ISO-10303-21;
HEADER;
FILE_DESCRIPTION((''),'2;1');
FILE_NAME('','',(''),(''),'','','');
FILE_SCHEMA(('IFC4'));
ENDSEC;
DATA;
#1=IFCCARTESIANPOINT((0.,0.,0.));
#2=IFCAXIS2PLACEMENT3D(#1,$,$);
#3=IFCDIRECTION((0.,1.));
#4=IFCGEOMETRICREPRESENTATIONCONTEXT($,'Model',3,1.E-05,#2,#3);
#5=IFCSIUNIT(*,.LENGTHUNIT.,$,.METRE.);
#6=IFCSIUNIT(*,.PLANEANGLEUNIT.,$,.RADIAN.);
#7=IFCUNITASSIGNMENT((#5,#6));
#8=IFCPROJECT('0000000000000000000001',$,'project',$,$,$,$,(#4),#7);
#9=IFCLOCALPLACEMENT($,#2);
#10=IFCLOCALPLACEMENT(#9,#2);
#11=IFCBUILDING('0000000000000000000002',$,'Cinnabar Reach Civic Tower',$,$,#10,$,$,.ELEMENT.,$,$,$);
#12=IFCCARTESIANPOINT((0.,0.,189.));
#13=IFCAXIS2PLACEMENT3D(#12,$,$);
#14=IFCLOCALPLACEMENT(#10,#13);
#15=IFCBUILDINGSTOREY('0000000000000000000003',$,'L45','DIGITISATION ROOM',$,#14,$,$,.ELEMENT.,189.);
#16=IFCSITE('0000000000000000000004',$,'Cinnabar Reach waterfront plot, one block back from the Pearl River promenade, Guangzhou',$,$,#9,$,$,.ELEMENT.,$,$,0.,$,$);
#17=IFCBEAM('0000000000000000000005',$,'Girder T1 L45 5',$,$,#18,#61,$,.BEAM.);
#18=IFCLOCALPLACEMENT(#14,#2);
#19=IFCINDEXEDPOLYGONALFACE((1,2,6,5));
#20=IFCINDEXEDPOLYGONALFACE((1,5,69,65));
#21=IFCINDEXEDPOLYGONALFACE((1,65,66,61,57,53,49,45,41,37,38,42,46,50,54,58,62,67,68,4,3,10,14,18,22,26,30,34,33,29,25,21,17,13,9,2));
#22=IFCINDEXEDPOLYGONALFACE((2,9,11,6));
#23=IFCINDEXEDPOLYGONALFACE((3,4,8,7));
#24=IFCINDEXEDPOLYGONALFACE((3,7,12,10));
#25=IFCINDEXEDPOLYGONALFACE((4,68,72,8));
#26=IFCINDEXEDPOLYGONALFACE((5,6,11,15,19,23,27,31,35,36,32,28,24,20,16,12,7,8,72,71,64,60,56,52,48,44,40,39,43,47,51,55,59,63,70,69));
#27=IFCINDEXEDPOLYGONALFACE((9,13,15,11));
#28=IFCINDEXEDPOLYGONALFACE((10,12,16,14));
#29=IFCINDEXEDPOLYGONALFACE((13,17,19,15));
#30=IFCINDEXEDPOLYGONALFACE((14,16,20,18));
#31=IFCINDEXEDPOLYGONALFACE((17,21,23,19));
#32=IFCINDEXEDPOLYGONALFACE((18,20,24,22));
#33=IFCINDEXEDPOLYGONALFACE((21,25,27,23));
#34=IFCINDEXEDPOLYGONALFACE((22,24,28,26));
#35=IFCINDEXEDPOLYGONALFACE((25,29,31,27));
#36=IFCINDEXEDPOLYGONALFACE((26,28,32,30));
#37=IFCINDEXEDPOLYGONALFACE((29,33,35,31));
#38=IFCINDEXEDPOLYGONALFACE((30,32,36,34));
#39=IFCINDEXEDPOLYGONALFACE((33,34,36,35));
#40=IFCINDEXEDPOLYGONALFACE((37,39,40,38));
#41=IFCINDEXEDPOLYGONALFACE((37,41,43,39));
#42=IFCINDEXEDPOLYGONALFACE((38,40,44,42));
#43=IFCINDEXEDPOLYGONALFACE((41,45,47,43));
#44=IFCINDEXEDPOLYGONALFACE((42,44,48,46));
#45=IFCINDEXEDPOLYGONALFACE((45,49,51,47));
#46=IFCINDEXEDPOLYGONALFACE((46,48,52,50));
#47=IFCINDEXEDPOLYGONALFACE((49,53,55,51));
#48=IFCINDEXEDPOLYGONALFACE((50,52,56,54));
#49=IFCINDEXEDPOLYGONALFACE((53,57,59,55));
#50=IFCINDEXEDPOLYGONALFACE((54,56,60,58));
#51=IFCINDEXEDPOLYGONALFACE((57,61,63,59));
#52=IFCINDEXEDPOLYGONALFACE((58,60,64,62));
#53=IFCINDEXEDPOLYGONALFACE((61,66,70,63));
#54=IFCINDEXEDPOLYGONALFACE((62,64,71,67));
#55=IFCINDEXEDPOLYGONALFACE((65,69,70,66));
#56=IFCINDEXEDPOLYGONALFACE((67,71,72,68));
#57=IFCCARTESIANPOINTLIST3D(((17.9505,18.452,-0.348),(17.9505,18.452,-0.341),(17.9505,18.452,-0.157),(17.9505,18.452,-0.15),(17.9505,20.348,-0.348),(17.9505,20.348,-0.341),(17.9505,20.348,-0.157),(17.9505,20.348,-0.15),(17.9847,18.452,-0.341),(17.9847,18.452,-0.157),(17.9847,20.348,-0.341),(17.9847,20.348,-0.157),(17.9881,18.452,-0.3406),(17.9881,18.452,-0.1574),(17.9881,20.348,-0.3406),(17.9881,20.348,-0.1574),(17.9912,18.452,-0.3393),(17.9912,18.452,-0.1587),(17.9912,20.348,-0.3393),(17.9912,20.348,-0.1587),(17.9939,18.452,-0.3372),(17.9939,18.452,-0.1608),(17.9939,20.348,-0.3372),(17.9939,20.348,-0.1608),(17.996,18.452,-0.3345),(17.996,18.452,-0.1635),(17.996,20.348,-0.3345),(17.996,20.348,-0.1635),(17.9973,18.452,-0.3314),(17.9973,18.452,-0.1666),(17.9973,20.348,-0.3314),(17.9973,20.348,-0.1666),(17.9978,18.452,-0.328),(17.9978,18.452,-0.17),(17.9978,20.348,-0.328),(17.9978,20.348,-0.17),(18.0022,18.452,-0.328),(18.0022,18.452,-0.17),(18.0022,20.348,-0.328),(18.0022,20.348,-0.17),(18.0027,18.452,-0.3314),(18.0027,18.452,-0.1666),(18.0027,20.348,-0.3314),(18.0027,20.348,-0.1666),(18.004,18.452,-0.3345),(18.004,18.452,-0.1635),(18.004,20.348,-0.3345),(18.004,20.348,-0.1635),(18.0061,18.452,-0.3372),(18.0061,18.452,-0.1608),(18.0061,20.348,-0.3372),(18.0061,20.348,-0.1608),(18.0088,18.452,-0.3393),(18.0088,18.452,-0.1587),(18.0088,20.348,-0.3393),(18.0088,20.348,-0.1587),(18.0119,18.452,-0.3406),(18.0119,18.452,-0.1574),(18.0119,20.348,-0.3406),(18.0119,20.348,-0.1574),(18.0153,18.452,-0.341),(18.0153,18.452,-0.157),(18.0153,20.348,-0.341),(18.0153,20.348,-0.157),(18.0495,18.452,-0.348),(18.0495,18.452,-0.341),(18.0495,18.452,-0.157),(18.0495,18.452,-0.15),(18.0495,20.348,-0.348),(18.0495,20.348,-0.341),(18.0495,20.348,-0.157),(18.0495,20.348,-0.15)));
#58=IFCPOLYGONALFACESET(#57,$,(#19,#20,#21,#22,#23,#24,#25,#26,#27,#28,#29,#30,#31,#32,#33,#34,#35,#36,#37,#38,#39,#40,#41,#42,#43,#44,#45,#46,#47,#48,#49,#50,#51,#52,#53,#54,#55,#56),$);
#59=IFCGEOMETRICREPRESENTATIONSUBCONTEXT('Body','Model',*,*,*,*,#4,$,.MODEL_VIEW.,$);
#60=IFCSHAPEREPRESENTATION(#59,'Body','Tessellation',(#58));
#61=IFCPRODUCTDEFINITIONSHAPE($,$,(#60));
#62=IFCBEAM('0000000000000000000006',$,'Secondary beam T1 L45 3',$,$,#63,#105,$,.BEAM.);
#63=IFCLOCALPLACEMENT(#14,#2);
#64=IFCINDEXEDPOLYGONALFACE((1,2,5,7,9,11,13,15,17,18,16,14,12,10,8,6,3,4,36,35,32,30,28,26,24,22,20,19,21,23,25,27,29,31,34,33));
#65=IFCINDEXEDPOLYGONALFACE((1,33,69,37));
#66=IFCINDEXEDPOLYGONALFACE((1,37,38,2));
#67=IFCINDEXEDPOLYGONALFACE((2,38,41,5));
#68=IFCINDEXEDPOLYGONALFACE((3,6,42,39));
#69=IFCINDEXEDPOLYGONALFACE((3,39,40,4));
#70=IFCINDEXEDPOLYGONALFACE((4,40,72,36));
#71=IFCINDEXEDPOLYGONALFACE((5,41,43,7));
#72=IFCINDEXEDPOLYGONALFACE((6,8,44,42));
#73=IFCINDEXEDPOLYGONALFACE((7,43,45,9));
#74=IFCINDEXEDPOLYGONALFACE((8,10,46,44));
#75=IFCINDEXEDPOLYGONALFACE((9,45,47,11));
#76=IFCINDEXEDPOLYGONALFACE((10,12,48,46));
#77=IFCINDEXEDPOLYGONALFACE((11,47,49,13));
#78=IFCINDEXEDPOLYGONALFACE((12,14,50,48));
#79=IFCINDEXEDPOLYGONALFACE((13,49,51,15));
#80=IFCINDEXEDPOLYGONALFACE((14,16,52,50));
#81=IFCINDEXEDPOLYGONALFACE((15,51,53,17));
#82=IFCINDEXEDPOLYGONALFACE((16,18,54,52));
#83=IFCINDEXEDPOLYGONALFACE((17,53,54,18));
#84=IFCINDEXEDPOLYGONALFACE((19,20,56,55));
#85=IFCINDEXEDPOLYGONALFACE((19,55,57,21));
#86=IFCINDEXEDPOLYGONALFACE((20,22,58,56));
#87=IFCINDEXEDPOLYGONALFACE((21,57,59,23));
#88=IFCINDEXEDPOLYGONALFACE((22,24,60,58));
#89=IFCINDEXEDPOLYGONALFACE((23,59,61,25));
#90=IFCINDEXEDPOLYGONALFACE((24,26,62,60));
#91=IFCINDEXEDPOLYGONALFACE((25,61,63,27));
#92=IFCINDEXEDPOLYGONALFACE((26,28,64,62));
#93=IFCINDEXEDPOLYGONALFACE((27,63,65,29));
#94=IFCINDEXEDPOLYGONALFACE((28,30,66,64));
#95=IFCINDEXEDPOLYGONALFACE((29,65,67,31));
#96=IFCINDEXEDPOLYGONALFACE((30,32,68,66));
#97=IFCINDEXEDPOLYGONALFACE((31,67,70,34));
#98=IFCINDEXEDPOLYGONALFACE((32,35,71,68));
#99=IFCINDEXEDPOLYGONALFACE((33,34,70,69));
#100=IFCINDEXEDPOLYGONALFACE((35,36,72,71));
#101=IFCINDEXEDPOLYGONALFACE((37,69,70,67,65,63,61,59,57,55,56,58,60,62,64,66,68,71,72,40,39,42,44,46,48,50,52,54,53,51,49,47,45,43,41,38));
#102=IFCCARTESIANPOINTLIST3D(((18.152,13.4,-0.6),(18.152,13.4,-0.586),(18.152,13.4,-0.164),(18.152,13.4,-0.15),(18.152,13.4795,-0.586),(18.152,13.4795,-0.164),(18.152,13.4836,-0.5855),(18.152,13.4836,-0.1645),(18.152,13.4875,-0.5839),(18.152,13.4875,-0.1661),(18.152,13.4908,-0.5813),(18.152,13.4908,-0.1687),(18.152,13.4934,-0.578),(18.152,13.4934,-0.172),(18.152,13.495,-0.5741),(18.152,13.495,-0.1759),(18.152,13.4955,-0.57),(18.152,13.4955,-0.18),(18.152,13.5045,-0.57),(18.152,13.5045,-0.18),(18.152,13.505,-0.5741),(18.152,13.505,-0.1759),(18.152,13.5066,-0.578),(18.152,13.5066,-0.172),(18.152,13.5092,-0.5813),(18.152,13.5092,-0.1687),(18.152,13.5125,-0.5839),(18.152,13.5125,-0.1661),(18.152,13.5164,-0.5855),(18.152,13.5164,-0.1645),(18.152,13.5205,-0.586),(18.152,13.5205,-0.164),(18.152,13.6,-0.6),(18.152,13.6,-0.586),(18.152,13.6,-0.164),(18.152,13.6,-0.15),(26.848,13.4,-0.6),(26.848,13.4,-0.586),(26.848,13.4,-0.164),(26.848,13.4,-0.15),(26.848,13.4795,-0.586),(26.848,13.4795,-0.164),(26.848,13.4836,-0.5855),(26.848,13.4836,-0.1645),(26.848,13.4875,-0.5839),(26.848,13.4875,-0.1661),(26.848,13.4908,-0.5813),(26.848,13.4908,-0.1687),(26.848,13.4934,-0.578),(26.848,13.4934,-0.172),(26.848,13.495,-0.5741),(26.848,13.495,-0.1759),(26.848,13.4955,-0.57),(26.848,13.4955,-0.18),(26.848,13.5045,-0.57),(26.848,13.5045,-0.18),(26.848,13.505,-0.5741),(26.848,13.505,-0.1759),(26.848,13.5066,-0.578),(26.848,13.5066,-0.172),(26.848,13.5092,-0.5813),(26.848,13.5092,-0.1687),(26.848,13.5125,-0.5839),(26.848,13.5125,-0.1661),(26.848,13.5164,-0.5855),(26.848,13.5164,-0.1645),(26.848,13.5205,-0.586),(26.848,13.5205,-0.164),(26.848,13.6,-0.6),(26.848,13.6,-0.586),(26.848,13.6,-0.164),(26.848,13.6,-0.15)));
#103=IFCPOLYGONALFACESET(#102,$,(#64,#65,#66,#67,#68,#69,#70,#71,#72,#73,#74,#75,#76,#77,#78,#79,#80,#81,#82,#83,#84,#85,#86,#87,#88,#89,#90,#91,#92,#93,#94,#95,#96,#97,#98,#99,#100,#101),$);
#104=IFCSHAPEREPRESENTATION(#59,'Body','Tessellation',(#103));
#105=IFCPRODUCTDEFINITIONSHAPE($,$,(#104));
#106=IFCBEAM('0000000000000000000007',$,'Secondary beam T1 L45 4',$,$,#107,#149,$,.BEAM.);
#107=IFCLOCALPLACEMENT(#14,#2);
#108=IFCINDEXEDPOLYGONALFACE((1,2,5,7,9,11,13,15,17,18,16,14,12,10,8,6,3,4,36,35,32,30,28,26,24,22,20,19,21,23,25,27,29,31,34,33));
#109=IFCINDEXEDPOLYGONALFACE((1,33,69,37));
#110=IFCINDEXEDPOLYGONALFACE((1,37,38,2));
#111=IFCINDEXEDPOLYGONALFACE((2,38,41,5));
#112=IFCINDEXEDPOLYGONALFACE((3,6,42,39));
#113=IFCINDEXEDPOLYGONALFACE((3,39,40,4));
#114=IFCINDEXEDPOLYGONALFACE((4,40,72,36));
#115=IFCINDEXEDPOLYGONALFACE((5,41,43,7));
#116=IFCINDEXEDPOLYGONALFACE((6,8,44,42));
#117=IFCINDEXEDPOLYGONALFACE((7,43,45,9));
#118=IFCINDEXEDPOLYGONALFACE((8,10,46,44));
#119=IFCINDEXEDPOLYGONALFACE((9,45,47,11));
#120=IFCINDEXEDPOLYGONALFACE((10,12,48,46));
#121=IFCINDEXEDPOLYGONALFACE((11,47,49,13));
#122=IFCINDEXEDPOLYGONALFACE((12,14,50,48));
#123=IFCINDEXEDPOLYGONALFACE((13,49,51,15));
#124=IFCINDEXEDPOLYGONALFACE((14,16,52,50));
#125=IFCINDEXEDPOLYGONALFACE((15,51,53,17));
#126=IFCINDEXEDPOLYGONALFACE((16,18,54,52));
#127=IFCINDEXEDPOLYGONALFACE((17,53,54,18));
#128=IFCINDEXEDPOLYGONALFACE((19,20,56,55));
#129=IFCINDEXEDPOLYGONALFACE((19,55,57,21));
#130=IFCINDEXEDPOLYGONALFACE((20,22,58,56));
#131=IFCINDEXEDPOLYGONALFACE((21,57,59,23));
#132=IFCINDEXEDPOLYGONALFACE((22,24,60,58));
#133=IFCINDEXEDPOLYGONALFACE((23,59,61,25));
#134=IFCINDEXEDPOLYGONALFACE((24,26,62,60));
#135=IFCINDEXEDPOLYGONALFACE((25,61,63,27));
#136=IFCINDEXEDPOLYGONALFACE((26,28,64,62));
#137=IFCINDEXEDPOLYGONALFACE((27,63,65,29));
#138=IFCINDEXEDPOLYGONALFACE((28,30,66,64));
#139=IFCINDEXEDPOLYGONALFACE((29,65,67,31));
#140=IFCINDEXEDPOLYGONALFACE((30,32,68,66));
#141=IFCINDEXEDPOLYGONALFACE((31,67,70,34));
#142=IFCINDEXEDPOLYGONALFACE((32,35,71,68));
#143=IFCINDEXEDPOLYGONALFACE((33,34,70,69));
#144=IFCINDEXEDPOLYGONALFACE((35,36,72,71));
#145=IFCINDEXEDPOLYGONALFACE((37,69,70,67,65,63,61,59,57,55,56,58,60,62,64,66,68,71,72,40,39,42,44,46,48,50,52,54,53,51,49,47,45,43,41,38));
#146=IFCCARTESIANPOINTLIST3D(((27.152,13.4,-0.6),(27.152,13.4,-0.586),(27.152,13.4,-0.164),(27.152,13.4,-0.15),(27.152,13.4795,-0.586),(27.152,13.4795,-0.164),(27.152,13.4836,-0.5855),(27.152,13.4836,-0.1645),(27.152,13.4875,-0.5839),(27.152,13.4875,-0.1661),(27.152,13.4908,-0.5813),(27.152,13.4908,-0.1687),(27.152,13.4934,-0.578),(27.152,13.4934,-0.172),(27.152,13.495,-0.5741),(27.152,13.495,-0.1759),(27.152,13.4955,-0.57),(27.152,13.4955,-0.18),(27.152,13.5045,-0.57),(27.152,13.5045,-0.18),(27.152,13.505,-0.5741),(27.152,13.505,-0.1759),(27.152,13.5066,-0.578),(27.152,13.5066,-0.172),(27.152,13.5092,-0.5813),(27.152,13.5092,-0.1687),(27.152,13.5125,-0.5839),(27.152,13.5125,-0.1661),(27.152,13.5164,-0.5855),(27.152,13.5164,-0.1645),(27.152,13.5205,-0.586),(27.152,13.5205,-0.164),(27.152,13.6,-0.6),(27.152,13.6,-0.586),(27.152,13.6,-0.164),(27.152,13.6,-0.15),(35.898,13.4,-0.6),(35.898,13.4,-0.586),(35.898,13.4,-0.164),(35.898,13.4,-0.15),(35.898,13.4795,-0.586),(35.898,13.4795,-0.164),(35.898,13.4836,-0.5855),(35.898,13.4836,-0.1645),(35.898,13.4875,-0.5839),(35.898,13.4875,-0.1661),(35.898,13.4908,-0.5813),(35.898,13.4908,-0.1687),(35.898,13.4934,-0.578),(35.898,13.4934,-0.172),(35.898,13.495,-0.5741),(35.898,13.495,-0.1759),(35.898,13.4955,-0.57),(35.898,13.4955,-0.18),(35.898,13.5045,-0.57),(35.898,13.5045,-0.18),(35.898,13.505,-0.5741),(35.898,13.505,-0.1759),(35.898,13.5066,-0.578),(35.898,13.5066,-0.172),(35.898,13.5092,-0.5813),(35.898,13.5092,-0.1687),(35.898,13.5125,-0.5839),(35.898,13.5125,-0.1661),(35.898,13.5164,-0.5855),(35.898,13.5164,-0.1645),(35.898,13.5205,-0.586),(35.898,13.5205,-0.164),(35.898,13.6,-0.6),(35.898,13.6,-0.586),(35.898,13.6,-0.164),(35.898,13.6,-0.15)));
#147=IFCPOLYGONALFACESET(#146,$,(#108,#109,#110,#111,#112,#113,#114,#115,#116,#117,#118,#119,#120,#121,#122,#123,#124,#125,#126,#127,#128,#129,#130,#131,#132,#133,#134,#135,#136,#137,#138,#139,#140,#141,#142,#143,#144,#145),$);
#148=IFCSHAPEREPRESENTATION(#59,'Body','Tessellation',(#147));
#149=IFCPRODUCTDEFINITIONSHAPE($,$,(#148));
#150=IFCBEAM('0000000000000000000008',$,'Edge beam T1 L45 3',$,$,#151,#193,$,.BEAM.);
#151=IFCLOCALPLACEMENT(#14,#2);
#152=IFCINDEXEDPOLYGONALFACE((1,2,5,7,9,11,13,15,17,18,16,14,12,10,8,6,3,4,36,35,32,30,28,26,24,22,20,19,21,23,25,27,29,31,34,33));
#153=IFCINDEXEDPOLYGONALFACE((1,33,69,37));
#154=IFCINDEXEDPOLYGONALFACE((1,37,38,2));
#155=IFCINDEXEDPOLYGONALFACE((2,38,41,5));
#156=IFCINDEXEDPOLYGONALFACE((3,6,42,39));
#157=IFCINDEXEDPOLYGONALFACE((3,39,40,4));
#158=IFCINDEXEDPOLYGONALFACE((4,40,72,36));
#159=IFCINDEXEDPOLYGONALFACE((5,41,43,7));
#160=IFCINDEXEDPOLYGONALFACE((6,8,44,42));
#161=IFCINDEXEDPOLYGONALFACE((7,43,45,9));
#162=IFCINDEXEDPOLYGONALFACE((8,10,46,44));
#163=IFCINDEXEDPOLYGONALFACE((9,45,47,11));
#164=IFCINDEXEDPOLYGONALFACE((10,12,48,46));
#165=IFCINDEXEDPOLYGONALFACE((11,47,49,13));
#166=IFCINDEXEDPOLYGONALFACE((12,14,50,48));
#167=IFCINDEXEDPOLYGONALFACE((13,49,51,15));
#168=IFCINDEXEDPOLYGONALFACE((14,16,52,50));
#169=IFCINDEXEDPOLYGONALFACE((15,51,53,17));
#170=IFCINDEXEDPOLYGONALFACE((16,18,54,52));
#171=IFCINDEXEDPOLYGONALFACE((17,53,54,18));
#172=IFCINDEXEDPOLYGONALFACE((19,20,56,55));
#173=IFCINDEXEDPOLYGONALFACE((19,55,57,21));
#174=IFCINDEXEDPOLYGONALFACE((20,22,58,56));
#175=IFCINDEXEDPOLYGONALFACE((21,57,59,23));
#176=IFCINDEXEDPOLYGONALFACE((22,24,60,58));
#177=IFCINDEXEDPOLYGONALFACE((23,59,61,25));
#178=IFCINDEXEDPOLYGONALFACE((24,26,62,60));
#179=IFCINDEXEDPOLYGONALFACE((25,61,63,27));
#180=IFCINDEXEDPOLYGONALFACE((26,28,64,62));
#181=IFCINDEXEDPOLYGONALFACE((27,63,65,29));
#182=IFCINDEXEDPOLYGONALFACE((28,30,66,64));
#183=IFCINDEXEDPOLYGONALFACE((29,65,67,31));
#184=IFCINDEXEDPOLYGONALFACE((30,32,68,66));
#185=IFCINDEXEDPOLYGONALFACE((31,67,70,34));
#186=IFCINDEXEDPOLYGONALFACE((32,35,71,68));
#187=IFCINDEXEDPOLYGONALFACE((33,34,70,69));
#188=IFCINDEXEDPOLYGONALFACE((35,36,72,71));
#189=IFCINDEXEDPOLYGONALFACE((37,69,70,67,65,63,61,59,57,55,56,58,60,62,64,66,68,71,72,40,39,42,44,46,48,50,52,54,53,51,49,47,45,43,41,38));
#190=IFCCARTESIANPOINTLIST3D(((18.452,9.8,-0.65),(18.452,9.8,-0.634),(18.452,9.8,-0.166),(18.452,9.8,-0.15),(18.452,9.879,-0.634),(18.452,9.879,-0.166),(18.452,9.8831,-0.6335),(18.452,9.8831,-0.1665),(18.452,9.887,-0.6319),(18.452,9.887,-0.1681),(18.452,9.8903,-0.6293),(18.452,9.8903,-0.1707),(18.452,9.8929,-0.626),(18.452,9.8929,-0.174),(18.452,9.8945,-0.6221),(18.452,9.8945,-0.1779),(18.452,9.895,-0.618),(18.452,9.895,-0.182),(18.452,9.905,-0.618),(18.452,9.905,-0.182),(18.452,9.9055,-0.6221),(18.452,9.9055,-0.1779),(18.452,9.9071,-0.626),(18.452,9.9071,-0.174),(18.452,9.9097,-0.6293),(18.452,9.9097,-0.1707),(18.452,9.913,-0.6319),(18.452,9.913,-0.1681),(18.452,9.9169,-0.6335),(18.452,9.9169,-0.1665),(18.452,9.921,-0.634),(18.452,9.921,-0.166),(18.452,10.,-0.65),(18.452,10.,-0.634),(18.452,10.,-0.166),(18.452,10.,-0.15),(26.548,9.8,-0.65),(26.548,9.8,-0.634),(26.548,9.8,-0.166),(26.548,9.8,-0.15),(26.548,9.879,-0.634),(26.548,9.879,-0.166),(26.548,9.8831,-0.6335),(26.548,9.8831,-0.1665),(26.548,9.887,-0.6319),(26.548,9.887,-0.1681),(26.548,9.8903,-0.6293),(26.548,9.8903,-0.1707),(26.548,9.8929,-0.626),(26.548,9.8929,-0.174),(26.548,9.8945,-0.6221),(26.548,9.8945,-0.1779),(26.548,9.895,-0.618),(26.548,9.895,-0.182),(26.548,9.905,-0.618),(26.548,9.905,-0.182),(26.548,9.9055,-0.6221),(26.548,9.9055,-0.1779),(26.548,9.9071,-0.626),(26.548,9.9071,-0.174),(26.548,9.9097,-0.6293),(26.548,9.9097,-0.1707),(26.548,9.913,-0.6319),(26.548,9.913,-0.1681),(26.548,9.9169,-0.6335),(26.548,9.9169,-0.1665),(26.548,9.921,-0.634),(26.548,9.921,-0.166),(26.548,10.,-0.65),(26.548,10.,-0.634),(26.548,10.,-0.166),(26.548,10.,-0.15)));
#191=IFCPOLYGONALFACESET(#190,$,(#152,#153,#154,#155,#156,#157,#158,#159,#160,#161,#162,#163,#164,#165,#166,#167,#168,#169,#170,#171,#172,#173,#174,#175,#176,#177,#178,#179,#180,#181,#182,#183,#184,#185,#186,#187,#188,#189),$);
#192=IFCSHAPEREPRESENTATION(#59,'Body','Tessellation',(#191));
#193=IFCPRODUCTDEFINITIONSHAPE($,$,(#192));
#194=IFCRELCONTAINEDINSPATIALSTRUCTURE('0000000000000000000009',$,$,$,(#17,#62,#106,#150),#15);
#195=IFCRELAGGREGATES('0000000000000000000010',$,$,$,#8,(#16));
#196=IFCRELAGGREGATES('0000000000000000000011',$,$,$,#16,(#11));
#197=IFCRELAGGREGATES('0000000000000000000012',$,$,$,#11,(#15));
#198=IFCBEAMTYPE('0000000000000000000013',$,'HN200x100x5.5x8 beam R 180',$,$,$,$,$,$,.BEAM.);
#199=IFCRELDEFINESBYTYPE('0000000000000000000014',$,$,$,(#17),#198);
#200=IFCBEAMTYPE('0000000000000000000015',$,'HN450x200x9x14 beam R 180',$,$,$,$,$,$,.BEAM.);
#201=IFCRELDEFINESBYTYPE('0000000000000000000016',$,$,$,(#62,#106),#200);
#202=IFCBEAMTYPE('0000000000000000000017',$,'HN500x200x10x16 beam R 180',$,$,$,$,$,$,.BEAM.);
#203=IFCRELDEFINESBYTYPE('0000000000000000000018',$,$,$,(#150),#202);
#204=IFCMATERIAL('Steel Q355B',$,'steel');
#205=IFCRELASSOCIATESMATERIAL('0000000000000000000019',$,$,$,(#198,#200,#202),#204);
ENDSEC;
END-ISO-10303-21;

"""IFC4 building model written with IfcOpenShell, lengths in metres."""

from ifc_helpers import new_model, si_unit, direction, frame, origin, origin_2d, place, context, subcontext, project, spatial, i_section, extrude, material, material_profile, profile_set, type_object, element, save


model = new_model("IFC4")

# Units and contexts
model_context = context("Model", 3, precision=1e-05, world=origin(), true_north=direction((0.0, 1.0)))
body_context = subcontext(model_context, "Body", "Model", "MODEL_VIEW")
ifc_project = project(units=[si_unit("LENGTHUNIT", "METRE"), si_unit("PLANEANGLEUNIT", "RADIAN")], contexts=[model_context])

# Site, building, storey
site_placement = place(None, origin())
site = spatial("IfcSite", under=ifc_project, at=site_placement, Name="Cinnabar Reach waterfront plot, one block back from the Pearl River promenade, Guangzhou", CompositionType="ELEMENT", RefElevation=0.0)
building_placement = place(site_placement, origin())
building = spatial("IfcBuilding", under=site, at=building_placement, Name="Cinnabar Reach Civic Tower", CompositionType="ELEMENT")
storey_placement = place(building_placement, frame((0.0, 0.0, 189.0)))
storey = spatial("IfcBuildingStorey", under=building, at=storey_placement, Name="L45", Description="DIGITISATION ROOM", CompositionType="ELEMENT", Elevation=189.0)

# Beams
ifc_material_1 = material(Name="Steel Q355B", Category="steel")
ifc_material_profile_1 = material_profile(ifc_material_1, i_section(OverallWidth=0.099, OverallDepth=0.198, WebThickness=0.0045, FlangeThickness=0.007, FilletRadius=0.013, at=origin_2d()), Name="HN200x100x5.5x8")
ifc_profile_set_1 = profile_set([ifc_material_profile_1], Name="Steel Q355B")
beam_type_1 = type_object("IfcBeamType", Name="HN200x100x5.5x8 beam R 180", PredefinedType="BEAM", material=ifc_profile_set_1)
beam_1_placement = place(storey_placement, frame((18.0, 18.452, -0.249), z_axis=(0.0, 1.0, 0.0), x_axis=(-1.0, 0.0, 0.0)))
element("IfcBeam", 1, at=beam_1_placement, inside=storey, type_object=beam_type_1, Name="Girder T1 L45 5", PredefinedType="BEAM", context=body_context, shape_type="SweptSolid", body=[
    extrude(i_section(OverallWidth=0.099, OverallDepth=0.198, WebThickness=0.0045, FlangeThickness=0.007, FilletRadius=0.013, at=origin_2d()), origin(), (0.0, 0.0, 1.0), 1.896),
])
ifc_material_profile_2 = material_profile(ifc_material_1, i_section(OverallWidth=0.2, OverallDepth=0.45, WebThickness=0.009, FlangeThickness=0.014, FilletRadius=0.016, at=origin_2d()), Name="HN450x200x9x14")
ifc_profile_set_2 = profile_set([ifc_material_profile_2], Name="Steel Q355B")
beam_type_2 = type_object("IfcBeamType", Name="HN450x200x9x14 beam R 180", PredefinedType="BEAM", material=ifc_profile_set_2)
beam_2_placement = place(storey_placement, frame((18.152, 13.5, -0.375), z_axis=(1.0, 0.0, 0.0), x_axis=(0.0, 1.0, 0.0)))
element("IfcBeam", 2, at=beam_2_placement, inside=storey, type_object=beam_type_2, Name="Secondary beam T1 L45 3", PredefinedType="BEAM", context=body_context, shape_type="SweptSolid", body=[
    extrude(i_section(OverallWidth=0.2, OverallDepth=0.45, WebThickness=0.009, FlangeThickness=0.014, FilletRadius=0.016, at=origin_2d()), origin(), (0.0, 0.0, 1.0), 8.696),
])
beam_3_placement = place(storey_placement, frame((27.152, 13.5, -0.375), z_axis=(1.0, 0.0, 0.0), x_axis=(0.0, 1.0, 0.0)))
element("IfcBeam", 3, at=beam_3_placement, inside=storey, type_object=beam_type_2, Name="Secondary beam T1 L45 4", PredefinedType="BEAM", context=body_context, shape_type="SweptSolid", body=[
    extrude(i_section(OverallWidth=0.2, OverallDepth=0.45, WebThickness=0.009, FlangeThickness=0.014, FilletRadius=0.016, at=origin_2d()), origin(), (0.0, 0.0, 1.0), 8.746),
])
ifc_material_profile_3 = material_profile(ifc_material_1, i_section(OverallWidth=0.2, OverallDepth=0.5, WebThickness=0.01, FlangeThickness=0.016, FilletRadius=0.016, at=origin_2d()), Name="HN500x200x10x16")
ifc_profile_set_3 = profile_set([ifc_material_profile_3], Name="Steel Q355B")
beam_type_3 = type_object("IfcBeamType", Name="HN500x200x10x16 beam R 180", PredefinedType="BEAM", material=ifc_profile_set_3)
beam_4_placement = place(storey_placement, frame((18.452, 9.9, -0.4), z_axis=(1.0, 0.0, 0.0), x_axis=(0.0, 1.0, 0.0)))
element("IfcBeam", 4, at=beam_4_placement, inside=storey, type_object=beam_type_3, Name="Edge beam T1 L45 3", PredefinedType="BEAM", context=body_context, shape_type="SweptSolid", body=[
    extrude(i_section(OverallWidth=0.2, OverallDepth=0.5, WebThickness=0.01, FlangeThickness=0.016, FilletRadius=0.016, at=origin_2d()), origin(), (0.0, 0.0, 1.0), 8.096),
])

save(model, "model.ifc")
